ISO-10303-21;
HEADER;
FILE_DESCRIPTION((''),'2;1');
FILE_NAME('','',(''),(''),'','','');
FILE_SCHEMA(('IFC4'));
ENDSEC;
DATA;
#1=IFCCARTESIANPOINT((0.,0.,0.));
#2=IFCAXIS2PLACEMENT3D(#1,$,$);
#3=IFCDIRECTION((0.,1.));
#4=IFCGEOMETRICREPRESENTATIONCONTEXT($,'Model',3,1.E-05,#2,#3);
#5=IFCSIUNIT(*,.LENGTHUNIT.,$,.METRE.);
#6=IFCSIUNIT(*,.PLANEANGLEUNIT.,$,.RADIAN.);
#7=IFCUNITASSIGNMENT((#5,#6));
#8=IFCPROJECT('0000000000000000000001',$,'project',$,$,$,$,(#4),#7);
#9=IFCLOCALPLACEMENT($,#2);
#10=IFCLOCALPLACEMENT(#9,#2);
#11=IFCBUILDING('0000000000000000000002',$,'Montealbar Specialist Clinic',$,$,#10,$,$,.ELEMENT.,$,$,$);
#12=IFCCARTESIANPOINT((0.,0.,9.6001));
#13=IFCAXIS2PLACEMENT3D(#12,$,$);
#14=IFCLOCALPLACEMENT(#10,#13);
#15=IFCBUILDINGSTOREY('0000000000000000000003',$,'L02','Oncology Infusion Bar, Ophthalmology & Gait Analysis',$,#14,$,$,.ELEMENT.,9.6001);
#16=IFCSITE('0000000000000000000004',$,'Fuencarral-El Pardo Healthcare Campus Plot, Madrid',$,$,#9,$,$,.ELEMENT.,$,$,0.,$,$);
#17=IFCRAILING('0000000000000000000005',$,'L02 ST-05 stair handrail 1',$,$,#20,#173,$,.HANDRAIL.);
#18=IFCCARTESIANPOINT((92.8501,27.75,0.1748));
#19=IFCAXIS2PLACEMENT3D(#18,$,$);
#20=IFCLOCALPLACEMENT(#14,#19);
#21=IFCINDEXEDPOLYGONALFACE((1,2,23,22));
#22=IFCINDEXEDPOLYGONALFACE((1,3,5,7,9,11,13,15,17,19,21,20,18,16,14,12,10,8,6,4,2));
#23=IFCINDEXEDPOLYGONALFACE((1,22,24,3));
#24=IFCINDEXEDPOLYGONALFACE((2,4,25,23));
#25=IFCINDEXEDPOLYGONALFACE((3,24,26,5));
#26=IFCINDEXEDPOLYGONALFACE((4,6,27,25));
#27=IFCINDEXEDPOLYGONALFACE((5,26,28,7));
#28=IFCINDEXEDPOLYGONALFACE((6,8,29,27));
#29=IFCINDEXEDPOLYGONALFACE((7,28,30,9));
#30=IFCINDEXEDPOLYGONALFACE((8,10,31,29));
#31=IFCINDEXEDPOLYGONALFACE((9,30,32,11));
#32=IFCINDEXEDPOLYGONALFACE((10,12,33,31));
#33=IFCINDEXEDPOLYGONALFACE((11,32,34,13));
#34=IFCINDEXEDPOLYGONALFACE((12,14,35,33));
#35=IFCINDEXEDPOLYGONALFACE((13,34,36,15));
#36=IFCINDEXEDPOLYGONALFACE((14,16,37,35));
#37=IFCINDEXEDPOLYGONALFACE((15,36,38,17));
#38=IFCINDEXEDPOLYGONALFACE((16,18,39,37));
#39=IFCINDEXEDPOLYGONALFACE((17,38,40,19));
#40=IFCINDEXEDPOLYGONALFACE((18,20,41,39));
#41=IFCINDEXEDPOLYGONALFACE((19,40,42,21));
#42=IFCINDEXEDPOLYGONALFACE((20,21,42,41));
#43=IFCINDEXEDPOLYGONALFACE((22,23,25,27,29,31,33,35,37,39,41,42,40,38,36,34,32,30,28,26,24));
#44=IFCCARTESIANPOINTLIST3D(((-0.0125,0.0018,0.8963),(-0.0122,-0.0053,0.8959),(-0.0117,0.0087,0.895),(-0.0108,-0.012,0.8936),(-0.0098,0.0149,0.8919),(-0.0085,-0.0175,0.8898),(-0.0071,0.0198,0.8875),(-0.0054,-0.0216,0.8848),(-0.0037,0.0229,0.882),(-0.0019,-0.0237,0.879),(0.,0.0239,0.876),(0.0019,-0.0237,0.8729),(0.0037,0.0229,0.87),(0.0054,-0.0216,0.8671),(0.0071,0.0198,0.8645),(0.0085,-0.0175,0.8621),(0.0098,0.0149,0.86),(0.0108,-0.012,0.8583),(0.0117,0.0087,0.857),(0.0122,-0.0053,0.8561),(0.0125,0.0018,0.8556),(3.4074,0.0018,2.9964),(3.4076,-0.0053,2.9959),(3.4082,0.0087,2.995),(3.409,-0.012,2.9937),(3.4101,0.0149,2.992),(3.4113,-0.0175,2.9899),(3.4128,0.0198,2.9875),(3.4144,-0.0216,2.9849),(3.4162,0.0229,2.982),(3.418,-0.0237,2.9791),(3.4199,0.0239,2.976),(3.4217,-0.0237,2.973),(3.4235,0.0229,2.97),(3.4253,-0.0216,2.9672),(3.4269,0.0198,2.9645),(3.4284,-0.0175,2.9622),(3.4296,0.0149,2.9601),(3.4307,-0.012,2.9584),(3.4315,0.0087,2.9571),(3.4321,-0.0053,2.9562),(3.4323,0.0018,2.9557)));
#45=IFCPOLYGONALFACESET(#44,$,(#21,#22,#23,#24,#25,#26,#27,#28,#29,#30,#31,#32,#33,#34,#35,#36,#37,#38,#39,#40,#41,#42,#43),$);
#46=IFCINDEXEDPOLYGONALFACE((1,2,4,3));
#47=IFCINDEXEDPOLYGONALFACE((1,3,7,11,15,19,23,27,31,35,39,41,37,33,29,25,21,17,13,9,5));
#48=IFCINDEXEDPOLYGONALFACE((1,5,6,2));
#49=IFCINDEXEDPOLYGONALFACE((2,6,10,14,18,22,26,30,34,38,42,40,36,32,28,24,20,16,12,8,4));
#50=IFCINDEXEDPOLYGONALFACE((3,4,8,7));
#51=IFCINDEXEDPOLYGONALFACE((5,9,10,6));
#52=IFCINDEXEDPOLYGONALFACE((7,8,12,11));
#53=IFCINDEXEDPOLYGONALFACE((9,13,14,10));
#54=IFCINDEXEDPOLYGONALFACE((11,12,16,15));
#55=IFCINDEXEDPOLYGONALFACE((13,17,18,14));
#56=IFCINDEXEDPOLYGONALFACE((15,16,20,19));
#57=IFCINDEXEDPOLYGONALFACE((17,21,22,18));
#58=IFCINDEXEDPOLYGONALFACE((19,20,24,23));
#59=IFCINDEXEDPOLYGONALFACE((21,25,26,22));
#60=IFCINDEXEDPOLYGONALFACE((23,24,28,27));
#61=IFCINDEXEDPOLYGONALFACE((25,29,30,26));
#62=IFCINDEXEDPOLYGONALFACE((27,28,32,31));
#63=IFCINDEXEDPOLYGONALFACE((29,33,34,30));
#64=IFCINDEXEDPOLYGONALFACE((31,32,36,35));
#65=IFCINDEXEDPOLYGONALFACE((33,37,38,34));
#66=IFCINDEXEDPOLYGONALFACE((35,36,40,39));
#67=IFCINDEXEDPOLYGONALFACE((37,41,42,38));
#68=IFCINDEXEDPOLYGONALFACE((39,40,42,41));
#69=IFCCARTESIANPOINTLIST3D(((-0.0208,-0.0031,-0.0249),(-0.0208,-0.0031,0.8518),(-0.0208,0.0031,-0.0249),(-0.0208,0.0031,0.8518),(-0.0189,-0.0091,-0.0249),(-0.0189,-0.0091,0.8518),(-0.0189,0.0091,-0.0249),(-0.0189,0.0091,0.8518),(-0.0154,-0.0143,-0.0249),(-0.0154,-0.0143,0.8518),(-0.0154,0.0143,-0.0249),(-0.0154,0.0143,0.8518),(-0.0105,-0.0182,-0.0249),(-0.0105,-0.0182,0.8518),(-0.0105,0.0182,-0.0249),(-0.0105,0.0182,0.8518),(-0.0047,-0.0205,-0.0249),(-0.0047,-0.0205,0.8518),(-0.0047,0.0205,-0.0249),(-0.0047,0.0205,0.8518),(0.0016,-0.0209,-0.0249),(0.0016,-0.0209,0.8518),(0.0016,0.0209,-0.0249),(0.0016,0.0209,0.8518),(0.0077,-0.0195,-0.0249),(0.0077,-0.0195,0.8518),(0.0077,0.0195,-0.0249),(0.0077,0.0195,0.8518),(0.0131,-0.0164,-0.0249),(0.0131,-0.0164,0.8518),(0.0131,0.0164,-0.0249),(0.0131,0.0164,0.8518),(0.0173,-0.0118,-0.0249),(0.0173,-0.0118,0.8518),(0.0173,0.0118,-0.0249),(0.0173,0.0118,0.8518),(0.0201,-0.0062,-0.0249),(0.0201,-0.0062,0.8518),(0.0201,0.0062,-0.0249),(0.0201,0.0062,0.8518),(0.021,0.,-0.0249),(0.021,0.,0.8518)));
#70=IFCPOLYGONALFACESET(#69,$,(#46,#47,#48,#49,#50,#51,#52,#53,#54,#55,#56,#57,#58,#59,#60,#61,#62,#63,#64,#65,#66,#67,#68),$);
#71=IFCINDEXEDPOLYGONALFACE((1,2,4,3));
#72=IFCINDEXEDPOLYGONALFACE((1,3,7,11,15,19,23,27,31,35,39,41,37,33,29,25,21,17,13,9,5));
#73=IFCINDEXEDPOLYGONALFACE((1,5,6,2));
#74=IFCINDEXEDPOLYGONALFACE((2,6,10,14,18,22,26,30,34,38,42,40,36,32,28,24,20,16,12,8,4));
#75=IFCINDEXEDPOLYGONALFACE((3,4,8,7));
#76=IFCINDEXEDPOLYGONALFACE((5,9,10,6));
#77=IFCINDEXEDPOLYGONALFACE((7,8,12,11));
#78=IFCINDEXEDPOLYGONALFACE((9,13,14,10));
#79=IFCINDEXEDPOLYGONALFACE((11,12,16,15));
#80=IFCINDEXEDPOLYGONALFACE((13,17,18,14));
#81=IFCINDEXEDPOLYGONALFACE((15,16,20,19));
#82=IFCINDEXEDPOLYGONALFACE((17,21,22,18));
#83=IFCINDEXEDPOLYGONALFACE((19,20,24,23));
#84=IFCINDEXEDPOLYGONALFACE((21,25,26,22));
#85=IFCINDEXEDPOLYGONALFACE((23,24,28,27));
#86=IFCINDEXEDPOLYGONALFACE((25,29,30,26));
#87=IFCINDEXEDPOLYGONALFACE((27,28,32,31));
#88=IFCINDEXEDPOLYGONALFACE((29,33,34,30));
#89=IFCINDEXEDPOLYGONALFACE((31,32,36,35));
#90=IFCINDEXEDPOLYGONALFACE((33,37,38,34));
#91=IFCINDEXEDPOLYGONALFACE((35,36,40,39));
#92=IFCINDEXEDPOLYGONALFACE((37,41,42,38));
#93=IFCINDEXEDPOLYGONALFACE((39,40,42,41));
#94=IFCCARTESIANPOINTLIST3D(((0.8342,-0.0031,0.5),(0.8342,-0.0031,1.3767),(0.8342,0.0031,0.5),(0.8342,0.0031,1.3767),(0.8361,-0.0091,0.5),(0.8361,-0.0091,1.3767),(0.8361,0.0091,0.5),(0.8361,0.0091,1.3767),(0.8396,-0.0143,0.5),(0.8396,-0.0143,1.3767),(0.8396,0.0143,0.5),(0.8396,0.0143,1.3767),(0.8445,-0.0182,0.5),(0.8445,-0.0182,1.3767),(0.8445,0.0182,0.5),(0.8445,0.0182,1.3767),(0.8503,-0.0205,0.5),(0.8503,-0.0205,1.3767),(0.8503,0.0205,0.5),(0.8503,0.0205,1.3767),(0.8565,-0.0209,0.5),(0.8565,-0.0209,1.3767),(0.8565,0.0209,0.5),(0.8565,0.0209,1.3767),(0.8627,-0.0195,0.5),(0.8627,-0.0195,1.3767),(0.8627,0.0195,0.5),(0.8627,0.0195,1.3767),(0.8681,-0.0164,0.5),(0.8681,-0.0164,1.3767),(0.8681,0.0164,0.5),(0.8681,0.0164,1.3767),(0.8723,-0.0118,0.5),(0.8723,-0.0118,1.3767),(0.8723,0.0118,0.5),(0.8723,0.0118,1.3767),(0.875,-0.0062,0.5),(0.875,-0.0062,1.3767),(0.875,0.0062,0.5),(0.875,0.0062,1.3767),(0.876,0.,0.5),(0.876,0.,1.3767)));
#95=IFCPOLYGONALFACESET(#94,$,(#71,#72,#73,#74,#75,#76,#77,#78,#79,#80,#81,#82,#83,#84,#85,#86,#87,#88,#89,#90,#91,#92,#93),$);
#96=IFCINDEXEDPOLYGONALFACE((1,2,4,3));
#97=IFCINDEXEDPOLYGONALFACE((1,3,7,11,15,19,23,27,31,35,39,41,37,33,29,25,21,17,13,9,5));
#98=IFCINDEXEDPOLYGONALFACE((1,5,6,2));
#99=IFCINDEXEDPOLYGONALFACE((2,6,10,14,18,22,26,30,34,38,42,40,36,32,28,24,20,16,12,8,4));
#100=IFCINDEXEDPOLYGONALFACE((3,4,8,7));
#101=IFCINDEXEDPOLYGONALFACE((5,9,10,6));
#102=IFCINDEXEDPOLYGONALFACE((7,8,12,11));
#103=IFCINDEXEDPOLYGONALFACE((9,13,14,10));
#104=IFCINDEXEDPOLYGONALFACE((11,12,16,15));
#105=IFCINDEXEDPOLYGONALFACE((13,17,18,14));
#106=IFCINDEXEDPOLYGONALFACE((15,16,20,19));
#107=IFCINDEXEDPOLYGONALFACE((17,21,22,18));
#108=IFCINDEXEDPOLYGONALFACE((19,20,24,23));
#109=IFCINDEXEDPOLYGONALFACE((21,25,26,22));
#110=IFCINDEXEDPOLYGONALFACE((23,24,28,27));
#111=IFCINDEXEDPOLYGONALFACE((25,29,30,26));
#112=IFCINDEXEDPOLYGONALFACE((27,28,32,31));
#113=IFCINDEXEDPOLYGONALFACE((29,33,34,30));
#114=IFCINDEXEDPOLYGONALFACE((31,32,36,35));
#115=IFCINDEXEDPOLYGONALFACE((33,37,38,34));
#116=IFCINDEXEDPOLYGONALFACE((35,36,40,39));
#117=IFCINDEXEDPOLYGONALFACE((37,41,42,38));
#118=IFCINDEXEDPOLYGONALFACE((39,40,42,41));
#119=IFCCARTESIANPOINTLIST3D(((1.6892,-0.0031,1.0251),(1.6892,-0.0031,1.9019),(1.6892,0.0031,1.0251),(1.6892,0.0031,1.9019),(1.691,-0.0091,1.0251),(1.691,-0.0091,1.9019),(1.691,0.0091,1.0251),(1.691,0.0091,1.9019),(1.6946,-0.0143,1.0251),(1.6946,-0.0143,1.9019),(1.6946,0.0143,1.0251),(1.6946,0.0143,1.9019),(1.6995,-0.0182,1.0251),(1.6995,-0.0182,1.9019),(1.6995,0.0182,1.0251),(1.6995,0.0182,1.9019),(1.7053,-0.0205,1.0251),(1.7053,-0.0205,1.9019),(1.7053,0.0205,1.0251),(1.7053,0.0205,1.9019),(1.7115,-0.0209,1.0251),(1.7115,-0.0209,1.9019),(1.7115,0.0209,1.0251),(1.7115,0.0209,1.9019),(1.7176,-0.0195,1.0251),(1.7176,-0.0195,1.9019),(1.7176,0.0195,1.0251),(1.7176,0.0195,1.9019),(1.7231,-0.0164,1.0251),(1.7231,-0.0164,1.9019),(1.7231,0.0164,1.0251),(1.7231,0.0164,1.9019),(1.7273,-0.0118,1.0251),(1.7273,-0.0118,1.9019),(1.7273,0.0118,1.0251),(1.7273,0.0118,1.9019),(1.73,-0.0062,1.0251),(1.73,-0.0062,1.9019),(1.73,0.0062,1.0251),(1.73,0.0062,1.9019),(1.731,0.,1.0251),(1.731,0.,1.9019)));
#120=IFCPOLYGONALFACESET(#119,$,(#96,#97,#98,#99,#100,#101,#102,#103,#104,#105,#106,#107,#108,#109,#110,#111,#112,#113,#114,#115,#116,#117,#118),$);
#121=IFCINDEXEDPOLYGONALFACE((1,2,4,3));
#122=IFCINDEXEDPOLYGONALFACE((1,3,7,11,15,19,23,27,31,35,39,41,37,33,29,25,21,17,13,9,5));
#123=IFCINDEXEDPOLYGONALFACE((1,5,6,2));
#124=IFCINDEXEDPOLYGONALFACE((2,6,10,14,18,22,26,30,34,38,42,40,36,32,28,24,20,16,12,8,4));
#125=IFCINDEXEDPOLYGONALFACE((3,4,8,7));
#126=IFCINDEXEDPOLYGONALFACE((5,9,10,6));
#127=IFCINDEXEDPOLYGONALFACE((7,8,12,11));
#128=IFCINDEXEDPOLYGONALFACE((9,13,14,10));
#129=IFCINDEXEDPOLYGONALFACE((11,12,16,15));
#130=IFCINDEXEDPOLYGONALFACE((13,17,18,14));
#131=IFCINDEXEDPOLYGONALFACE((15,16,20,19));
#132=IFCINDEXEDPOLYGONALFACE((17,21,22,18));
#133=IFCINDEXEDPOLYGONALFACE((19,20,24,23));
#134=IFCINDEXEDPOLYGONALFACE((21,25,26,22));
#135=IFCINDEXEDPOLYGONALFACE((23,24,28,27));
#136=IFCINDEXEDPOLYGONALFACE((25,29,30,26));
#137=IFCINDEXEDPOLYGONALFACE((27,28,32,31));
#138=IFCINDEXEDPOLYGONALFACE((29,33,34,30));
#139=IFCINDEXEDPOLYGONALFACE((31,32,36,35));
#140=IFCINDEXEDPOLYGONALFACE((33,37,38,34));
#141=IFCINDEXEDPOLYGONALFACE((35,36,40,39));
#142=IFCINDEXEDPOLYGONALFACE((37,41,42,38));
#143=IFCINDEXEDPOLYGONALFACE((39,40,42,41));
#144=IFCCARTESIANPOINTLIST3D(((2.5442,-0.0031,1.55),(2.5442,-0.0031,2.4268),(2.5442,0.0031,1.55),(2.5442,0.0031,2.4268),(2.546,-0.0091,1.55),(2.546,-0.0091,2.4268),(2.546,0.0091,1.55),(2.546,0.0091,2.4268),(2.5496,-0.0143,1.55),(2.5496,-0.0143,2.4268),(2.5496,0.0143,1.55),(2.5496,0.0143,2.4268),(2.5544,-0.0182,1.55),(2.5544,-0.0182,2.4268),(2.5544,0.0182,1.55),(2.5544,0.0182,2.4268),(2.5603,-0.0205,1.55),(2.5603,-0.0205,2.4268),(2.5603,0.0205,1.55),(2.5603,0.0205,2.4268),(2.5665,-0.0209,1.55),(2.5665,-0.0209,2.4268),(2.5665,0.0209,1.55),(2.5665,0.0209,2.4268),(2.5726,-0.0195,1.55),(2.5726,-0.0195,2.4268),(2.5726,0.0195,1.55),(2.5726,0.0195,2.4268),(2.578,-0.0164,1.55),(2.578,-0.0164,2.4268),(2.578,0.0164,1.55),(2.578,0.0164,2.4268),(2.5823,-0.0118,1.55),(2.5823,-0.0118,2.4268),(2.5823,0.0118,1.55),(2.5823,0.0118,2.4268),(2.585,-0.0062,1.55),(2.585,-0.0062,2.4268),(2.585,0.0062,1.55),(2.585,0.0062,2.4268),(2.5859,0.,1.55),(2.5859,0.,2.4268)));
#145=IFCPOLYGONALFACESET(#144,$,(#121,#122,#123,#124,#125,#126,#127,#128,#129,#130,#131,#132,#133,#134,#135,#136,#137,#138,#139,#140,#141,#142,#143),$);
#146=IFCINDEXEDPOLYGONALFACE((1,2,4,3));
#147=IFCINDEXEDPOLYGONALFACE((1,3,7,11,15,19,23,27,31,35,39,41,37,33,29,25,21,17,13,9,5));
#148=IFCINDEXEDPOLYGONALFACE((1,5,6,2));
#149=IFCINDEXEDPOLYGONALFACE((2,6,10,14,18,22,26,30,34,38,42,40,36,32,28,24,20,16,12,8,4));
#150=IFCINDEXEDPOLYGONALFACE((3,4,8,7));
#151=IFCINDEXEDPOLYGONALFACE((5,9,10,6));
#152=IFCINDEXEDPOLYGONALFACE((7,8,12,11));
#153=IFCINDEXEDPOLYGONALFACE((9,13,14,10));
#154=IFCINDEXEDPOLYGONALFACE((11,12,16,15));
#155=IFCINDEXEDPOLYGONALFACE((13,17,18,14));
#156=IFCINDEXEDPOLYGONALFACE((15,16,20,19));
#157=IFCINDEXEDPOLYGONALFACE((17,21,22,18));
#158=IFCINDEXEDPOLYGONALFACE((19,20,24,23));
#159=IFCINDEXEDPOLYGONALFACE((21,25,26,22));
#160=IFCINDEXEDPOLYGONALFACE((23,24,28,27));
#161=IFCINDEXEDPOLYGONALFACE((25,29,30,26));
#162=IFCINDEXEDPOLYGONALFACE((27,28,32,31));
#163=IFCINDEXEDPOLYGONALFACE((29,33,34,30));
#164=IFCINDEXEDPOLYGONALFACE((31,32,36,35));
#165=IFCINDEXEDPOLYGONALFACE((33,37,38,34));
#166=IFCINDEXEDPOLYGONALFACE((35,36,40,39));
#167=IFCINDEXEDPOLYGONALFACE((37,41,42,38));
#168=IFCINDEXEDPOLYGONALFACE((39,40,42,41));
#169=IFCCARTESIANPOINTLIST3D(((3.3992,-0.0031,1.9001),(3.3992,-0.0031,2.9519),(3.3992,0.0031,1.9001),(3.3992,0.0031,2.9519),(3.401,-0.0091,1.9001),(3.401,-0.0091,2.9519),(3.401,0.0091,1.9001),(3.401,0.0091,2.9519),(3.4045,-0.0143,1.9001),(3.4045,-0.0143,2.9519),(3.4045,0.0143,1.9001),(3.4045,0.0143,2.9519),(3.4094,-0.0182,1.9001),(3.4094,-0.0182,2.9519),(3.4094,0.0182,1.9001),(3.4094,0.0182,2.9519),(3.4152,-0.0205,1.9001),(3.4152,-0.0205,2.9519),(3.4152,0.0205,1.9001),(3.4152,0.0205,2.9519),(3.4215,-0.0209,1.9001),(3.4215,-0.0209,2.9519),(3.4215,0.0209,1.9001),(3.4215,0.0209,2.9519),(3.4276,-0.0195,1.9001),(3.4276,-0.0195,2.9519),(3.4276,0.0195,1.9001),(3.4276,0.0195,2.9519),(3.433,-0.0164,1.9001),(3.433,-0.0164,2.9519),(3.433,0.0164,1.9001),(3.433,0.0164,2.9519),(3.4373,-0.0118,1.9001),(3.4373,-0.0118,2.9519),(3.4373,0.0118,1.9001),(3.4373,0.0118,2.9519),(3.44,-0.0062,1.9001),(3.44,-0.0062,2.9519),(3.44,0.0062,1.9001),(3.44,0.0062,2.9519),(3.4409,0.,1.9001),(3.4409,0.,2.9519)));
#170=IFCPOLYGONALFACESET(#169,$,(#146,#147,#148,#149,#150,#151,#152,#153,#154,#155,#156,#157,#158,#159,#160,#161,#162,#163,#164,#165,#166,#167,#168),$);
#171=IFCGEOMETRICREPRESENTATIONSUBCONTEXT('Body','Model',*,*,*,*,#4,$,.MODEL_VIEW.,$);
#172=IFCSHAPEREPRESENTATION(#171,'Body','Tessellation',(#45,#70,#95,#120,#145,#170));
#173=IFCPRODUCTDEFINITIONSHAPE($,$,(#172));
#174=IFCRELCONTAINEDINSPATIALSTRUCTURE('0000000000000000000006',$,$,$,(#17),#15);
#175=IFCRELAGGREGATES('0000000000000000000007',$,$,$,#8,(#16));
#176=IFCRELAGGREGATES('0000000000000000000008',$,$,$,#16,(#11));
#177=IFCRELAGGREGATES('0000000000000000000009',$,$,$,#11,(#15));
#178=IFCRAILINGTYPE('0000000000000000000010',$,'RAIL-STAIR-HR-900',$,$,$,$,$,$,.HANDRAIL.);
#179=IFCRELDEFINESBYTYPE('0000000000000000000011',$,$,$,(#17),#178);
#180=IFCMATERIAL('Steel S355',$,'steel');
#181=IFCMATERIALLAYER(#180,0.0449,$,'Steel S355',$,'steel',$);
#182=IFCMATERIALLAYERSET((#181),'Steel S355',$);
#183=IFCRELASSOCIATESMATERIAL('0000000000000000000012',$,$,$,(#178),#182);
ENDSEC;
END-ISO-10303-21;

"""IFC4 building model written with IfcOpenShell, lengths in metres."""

from ifc_helpers import new_model, si_unit, direction, frame, origin, origin_2d, place, context, subcontext, project, spatial, circle, extrude, material, layer, layer_set, type_object, element, save


model = new_model("IFC4")

# Units and contexts
model_context = context("Model", 3, precision=1e-05, world=origin(), true_north=direction((0.0, 1.0)))
body_context = subcontext(model_context, "Body", "Model", "MODEL_VIEW")
ifc_project = project(units=[si_unit("LENGTHUNIT", "METRE"), si_unit("PLANEANGLEUNIT", "RADIAN")], contexts=[model_context])

# Site, building, storey
site_placement = place(None, origin())
site = spatial("IfcSite", under=ifc_project, at=site_placement, Name="Fuencarral-El Pardo Healthcare Campus Plot, Madrid", CompositionType="ELEMENT", RefElevation=0.0)
building_placement = place(site_placement, origin())
building = spatial("IfcBuilding", under=site, at=building_placement, Name="Montealbar Specialist Clinic", CompositionType="ELEMENT")
storey_placement = place(building_placement, frame((0.0, 0.0, 9.6001)))
storey = spatial("IfcBuildingStorey", under=building, at=storey_placement, Name="L02", Description="Oncology Infusion Bar, Ophthalmology & Gait Analysis", CompositionType="ELEMENT", Elevation=9.6001)

# Shared definitions
ifc_material_1 = material(Name="Steel S355", Category="steel")

# Railing
ifc_layer_1 = layer(ifc_material_1, 0.0449, Name="Steel S355", Category="steel")
ifc_layer_set_1 = layer_set([ifc_layer_1], Name="Steel S355")
railing_type = type_object("IfcRailingType", Name="RAIL-STAIR-HR-900", PredefinedType="HANDRAIL", material=ifc_layer_set_1)
railing_placement = place(storey_placement, frame((92.8501, 27.75, 0.1748)))
element("IfcRailing", 1, at=railing_placement, inside=storey, type_object=railing_type, Name="L02 ST-05 stair handrail 1", PredefinedType="HANDRAIL", context=body_context, shape_type="SweptSolid", body=[
    extrude(circle(Radius=0.0239, at=origin_2d()), frame((0.0, 0.0, 0.876), z_axis=(0.852155, 0.0, 0.523289), x_axis=(0.0, 1.0, 0.0)), (0.0, 0.0, 1.0), 4.0132),
    extrude(circle(Radius=0.021, at=origin_2d()), frame((0.0, 0.0, -0.0249)), (0.0, 0.0, 1.0), 0.8767),
    extrude(circle(Radius=0.021, at=origin_2d()), frame((0.855, 0.0, 0.5)), (0.0, 0.0, 1.0), 0.8767),
    extrude(circle(Radius=0.021, at=origin_2d()), frame((1.71, 0.0, 1.0251)), (0.0, 0.0, 1.0), 0.8767),
    extrude(circle(Radius=0.021, at=origin_2d()), frame((2.5649, 0.0, 1.55)), (0.0, 0.0, 1.0), 0.8767),
    extrude(circle(Radius=0.021, at=origin_2d()), frame((3.4199, 0.0, 1.9001)), (0.0, 0.0, 1.0), 1.0518),
])

save(model, "model.ifc")
